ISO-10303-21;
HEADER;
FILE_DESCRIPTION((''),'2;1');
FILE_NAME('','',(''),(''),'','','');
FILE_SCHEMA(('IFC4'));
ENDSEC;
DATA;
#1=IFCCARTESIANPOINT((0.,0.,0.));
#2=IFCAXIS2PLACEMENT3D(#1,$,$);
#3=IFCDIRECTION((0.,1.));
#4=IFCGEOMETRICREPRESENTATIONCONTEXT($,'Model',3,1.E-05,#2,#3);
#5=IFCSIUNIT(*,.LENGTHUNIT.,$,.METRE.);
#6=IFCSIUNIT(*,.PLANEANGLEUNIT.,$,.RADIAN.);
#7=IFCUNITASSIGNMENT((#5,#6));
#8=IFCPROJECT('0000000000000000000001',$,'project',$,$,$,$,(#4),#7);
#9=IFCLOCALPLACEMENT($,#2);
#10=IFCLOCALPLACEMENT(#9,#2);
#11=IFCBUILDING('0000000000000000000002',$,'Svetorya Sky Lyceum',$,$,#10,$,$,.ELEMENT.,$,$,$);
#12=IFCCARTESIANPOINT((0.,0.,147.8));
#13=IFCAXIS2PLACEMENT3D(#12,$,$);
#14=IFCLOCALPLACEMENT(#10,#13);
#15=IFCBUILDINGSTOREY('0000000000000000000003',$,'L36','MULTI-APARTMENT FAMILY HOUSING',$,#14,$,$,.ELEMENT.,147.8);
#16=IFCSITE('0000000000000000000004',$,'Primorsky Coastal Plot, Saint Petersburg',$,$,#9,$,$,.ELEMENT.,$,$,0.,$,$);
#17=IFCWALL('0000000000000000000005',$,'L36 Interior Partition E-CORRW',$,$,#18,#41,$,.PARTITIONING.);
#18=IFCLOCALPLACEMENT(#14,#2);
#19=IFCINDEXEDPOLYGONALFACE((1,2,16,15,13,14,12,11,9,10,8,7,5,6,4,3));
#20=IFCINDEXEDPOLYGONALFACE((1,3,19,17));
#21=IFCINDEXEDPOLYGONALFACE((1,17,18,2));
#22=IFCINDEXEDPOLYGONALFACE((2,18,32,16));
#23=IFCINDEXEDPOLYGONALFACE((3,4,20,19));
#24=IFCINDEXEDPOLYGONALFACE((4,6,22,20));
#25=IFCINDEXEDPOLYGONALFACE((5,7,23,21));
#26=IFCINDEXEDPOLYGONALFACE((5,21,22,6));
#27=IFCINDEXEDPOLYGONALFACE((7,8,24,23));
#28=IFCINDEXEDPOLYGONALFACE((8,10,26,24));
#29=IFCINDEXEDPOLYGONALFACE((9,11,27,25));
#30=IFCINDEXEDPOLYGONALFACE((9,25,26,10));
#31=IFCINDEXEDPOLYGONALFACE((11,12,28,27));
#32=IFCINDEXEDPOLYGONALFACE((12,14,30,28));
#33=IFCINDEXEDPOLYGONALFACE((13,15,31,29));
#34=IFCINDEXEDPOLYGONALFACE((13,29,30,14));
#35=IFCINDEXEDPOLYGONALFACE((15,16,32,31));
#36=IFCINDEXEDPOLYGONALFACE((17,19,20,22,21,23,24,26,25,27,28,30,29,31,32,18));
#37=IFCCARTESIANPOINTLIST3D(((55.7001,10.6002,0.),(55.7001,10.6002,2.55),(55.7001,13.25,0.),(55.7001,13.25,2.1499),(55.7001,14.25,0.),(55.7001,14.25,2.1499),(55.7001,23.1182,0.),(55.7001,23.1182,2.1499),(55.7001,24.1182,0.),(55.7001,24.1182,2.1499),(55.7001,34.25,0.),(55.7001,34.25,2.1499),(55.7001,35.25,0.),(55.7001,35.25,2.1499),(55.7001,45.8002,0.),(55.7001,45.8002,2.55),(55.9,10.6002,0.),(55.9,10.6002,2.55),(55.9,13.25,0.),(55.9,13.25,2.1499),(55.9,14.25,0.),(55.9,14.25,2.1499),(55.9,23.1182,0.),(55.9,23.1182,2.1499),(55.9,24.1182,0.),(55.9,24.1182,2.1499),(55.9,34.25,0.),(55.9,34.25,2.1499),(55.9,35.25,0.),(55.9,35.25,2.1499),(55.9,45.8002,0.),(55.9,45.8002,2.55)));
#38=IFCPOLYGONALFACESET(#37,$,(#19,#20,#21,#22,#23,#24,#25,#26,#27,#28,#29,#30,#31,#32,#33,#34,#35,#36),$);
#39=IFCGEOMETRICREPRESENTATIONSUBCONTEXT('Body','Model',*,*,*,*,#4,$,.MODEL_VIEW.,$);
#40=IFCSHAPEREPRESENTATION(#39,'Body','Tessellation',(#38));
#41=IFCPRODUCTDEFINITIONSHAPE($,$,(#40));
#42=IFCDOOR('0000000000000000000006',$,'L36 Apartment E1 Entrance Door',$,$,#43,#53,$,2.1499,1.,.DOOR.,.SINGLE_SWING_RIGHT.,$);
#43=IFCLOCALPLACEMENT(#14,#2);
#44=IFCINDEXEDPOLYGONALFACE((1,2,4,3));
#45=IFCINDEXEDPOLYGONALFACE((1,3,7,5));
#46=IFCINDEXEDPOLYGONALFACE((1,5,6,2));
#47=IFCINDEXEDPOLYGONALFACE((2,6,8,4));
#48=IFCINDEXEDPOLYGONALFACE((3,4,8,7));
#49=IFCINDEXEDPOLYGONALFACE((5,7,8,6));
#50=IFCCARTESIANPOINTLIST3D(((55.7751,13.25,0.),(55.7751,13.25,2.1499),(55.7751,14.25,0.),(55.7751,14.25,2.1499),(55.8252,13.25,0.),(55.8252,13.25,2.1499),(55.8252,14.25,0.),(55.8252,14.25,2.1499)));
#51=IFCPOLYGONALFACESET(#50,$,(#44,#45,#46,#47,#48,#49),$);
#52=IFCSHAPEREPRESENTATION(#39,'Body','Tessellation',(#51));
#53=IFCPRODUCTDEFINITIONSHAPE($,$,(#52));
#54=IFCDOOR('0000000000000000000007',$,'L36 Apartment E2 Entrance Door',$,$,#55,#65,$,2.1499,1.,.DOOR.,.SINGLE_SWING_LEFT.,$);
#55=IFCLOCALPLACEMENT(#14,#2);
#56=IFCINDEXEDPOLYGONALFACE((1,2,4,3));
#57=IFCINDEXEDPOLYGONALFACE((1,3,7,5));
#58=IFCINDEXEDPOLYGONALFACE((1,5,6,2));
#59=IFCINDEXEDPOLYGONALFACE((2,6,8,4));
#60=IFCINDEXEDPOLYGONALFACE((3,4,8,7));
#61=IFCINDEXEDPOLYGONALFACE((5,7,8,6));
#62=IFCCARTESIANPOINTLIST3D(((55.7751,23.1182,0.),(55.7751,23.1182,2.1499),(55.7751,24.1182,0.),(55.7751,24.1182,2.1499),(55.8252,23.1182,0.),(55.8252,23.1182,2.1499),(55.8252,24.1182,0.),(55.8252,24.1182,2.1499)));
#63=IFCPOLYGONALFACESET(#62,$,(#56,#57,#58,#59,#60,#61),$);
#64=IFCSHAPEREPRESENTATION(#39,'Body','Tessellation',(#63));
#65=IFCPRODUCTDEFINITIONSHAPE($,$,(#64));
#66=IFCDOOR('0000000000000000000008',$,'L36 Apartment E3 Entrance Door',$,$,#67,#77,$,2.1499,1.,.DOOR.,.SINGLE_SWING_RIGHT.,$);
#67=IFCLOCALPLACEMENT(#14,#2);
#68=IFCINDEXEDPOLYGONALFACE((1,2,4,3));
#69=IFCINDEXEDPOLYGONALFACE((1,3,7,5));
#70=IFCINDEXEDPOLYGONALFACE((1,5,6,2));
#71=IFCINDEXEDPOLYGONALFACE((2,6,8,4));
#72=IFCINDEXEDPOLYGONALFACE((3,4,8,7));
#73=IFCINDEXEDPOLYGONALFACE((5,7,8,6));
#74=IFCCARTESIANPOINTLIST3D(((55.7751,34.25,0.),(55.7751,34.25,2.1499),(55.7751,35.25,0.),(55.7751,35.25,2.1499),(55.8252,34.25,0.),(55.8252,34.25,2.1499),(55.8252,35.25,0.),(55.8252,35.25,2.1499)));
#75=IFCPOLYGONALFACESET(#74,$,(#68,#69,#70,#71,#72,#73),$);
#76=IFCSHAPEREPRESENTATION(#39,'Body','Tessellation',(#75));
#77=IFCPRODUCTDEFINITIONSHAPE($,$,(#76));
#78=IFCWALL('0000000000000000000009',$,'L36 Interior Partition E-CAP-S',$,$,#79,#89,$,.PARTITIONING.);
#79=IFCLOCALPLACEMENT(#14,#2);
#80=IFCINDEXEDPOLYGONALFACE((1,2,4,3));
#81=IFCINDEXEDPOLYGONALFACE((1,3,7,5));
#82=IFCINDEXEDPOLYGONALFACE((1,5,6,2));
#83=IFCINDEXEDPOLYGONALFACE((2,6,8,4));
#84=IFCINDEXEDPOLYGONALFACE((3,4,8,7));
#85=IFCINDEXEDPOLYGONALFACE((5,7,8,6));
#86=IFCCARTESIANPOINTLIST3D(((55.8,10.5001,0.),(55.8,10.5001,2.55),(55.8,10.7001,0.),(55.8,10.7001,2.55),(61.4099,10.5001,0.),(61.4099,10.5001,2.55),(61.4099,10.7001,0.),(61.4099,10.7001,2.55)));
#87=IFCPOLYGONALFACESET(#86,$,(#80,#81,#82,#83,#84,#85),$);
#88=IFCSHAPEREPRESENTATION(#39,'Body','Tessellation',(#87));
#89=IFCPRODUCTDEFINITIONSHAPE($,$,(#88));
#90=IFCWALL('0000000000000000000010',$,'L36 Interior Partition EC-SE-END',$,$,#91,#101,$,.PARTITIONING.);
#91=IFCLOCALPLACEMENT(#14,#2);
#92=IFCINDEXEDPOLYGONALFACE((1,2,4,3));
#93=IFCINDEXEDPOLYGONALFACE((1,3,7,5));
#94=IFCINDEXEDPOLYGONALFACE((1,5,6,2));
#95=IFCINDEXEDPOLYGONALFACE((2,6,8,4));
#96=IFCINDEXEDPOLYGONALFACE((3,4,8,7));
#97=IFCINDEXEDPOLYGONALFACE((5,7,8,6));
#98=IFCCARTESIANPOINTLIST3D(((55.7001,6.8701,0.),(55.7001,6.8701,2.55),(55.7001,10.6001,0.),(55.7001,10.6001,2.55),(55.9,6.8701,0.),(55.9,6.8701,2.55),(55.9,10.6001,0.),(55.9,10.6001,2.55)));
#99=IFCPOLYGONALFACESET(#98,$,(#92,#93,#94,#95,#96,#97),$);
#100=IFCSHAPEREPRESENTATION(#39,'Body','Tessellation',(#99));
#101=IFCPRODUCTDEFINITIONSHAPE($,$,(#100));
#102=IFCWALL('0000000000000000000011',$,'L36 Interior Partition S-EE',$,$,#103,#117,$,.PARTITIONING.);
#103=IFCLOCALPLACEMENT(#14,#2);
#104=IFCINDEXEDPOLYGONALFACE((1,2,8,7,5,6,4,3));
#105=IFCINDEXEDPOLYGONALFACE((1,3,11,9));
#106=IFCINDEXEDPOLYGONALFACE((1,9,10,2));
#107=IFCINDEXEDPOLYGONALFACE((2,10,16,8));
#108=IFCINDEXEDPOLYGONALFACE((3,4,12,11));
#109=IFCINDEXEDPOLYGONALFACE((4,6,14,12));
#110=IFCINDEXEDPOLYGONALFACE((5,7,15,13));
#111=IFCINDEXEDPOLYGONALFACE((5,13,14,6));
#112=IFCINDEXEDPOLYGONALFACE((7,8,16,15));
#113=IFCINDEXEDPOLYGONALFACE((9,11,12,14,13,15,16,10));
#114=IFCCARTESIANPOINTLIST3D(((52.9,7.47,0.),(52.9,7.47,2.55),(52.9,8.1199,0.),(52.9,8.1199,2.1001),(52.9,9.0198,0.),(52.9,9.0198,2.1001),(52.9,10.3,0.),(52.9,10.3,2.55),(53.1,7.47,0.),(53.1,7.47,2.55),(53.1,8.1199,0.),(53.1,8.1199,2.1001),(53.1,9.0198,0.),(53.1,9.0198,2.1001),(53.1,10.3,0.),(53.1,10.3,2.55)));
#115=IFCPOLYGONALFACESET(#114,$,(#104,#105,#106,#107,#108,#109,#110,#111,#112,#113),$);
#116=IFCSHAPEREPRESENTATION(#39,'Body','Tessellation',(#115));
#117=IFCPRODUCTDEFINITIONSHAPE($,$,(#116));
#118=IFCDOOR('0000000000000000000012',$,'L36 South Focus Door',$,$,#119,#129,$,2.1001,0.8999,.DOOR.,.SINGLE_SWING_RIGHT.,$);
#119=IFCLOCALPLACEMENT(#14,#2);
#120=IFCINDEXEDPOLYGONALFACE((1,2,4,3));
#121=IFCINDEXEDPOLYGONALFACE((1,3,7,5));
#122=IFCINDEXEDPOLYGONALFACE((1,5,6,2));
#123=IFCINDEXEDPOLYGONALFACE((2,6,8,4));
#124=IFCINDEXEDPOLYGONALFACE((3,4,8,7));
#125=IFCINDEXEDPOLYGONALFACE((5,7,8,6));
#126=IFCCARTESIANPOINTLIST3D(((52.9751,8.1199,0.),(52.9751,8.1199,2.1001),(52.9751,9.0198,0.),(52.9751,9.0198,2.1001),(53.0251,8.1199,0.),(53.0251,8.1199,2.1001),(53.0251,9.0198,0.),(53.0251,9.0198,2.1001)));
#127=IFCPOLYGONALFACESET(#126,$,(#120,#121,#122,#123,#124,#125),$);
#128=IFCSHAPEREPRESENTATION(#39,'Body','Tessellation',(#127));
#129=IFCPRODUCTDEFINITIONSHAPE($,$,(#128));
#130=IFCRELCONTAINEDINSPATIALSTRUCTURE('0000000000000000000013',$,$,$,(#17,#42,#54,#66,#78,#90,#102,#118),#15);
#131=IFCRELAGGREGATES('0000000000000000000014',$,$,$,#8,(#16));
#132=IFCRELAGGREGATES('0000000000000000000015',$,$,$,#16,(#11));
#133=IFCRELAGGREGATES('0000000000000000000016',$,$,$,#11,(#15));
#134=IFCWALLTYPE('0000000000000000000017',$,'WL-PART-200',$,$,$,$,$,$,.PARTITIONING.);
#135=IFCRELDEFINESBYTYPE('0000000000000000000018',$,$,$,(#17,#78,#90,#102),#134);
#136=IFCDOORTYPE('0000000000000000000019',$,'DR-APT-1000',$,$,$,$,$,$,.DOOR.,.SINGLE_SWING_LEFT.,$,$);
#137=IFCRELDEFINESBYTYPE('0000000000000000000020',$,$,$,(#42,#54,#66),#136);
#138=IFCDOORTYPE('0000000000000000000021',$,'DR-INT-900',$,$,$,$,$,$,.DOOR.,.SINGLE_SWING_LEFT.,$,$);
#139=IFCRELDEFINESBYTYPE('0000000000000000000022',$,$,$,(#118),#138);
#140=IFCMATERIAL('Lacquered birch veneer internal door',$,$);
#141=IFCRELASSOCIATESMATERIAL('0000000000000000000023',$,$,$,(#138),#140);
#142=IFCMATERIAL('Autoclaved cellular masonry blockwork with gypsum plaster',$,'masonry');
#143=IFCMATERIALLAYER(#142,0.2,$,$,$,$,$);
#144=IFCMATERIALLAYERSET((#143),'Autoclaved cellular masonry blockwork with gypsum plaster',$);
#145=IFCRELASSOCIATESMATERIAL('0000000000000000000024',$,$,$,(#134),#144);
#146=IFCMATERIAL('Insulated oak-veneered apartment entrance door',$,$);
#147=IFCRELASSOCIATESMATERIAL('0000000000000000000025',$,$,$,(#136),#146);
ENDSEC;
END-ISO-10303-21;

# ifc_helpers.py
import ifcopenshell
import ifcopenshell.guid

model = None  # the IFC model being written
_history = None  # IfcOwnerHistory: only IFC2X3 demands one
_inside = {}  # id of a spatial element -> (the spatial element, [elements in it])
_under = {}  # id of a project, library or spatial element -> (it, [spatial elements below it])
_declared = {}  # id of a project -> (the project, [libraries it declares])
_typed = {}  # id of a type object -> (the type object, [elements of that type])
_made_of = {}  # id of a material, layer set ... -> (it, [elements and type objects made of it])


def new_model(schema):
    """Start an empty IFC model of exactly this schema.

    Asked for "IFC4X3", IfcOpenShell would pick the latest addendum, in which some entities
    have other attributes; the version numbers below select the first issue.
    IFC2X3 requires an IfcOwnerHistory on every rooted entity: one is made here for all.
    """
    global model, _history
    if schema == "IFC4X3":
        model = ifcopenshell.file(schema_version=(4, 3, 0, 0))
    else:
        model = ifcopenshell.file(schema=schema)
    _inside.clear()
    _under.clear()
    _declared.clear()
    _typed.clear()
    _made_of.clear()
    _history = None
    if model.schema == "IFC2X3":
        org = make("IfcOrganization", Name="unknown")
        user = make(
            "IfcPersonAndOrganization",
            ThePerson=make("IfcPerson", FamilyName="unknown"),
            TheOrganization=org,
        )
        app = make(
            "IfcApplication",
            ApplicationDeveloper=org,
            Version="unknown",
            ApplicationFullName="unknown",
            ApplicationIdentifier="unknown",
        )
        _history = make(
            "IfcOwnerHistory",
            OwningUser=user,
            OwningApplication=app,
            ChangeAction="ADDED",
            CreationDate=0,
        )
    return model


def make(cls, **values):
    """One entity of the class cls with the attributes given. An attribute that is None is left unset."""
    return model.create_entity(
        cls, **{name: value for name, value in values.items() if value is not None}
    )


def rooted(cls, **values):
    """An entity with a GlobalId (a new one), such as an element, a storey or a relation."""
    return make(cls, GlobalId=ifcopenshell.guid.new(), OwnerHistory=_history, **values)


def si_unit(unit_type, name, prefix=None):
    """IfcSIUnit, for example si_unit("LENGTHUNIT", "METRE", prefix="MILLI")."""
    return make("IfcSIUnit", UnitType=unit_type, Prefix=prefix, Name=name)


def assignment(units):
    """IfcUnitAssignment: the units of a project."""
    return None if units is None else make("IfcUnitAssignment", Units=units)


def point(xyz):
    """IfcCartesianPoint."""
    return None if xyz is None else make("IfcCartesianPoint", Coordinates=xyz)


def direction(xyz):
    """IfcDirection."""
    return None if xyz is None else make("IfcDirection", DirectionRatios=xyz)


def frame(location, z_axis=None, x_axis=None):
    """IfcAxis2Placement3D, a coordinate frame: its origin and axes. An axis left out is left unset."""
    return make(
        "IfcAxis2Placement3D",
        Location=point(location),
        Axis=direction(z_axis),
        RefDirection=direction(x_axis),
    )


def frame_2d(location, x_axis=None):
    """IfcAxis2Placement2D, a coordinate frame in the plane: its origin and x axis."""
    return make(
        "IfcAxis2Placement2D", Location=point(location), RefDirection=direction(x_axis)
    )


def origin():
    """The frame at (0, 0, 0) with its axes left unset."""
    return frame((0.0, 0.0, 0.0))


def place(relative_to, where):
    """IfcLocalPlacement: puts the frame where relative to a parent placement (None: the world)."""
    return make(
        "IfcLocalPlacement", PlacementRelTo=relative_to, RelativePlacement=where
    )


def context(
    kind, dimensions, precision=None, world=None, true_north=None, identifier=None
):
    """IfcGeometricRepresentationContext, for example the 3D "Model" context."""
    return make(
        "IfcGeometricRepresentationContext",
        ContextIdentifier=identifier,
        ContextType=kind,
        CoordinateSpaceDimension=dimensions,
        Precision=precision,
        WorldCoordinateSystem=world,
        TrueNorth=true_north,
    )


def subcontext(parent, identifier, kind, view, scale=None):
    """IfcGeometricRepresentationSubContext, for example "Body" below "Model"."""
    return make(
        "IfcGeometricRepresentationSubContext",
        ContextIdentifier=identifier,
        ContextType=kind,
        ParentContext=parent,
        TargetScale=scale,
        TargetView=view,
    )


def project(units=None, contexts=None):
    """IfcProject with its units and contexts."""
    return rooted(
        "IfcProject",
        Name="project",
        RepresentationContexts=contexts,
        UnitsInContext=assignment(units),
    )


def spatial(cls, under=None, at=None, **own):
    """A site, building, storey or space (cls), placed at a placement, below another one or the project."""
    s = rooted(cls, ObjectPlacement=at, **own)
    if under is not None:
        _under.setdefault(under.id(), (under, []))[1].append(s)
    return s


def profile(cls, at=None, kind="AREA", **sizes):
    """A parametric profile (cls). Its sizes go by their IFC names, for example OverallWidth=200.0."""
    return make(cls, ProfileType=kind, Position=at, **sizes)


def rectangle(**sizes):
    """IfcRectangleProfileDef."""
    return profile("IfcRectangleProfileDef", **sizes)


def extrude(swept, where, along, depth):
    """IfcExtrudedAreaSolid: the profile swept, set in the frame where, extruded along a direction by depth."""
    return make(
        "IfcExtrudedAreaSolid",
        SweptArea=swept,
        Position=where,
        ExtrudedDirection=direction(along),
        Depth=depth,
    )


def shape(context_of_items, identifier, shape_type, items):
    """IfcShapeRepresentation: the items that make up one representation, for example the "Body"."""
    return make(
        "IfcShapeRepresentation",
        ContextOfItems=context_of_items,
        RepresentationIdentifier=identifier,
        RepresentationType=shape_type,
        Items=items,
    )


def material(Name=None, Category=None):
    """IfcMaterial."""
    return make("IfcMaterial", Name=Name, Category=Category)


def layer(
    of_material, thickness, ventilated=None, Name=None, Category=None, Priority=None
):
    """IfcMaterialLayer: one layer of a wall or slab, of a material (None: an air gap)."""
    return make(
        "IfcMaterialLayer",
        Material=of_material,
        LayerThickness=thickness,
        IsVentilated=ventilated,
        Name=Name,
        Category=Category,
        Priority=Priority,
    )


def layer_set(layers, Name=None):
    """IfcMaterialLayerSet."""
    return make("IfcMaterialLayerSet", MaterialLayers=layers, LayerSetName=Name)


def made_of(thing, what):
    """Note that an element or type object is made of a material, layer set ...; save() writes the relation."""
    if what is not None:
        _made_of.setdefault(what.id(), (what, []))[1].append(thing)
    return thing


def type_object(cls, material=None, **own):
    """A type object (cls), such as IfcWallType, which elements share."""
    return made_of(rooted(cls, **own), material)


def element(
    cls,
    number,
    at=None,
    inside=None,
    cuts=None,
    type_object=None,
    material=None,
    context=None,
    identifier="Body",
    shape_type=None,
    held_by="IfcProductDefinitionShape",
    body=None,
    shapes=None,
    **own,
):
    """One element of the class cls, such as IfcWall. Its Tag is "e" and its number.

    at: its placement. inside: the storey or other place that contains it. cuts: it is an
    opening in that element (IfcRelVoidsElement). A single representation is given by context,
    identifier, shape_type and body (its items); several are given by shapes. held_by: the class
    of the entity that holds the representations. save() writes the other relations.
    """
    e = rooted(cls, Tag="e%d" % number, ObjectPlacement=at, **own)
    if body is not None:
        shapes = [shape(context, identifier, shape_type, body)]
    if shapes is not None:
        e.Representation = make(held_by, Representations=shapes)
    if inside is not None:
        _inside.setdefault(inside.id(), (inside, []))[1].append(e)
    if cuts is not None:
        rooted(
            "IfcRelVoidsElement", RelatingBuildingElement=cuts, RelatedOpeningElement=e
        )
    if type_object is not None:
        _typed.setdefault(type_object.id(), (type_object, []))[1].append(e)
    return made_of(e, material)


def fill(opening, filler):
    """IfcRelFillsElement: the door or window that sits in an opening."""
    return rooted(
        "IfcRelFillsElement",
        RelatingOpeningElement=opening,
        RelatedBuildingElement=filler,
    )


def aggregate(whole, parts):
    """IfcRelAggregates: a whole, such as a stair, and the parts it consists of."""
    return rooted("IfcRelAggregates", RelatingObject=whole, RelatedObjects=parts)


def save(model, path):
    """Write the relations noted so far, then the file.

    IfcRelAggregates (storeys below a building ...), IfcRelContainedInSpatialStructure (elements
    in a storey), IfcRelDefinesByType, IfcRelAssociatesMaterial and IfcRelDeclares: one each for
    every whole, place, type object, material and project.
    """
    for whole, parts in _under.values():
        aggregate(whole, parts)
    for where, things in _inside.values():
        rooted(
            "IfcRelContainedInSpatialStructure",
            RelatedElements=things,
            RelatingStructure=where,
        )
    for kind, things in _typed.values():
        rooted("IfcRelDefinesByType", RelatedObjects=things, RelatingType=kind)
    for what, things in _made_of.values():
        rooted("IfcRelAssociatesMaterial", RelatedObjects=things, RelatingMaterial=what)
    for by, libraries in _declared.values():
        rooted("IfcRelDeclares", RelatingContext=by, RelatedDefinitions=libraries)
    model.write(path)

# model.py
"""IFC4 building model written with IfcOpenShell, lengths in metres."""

from ifc_helpers import new_model, si_unit, direction, frame, frame_2d, origin, place, context, subcontext, project, spatial, rectangle, extrude, material, layer, layer_set, type_object, element, fill, save


model = new_model("IFC4")

# Units and contexts
model_context = context("Model", 3, precision=1e-05, world=origin(), true_north=direction((0.0, 1.0)))
body_context = subcontext(model_context, "Body", "Model", "MODEL_VIEW")
ifc_project = project(units=[si_unit("LENGTHUNIT", "METRE"), si_unit("PLANEANGLEUNIT", "RADIAN")], contexts=[model_context])

# Site, building, storey
site_placement = place(None, origin())
site = spatial("IfcSite", under=ifc_project, at=site_placement, Name="Primorsky Coastal Plot, Saint Petersburg", CompositionType="ELEMENT", RefElevation=0.0)
building_placement = place(site_placement, origin())
building = spatial("IfcBuilding", under=site, at=building_placement, Name="Svetorya Sky Lyceum", CompositionType="ELEMENT")
storey_placement = place(building_placement, frame((0.0, 0.0, 147.8)))
storey = spatial("IfcBuildingStorey", under=building, at=storey_placement, Name="L36", Description="MULTI-APARTMENT FAMILY HOUSING", CompositionType="ELEMENT", Elevation=147.8)

# Shared definitions
ifc_material_1 = material(Name="Lacquered birch veneer internal door")
door_type_1 = type_object("IfcDoorType", Name="DR-INT-900", OperationType="SINGLE_SWING_LEFT", PredefinedType="DOOR", material=ifc_material_1)

# Wall, openings, doors
ifc_material_2 = material(Name="Autoclaved cellular masonry blockwork with gypsum plaster", Category="masonry")
ifc_layer_1 = layer(ifc_material_2, 0.2)
ifc_layer_set_1 = layer_set([ifc_layer_1], Name="Autoclaved cellular masonry blockwork with gypsum plaster")
wall_type_1 = type_object("IfcWallType", Name="WL-PART-200", PredefinedType="PARTITIONING", material=ifc_layer_set_1)
wall_1_placement = place(storey_placement, frame((55.8, 10.6001, 0.0), z_axis=(0.0, 0.0, 1.0), x_axis=(0.0, 1.0, 0.0)))
wall_1 = element("IfcWall", 1, at=wall_1_placement, inside=storey, type_object=wall_type_1, Name="L36 Interior Partition E-CORRW", PredefinedType="PARTITIONING", context=body_context, shape_type="SweptSolid", body=[
    extrude(rectangle(XDim=35.2, YDim=0.2, at=frame_2d((17.6001, 0.0))), origin(), (0.0, 0.0, 1.0), 2.55),
])
opening_1_placement = place(wall_1_placement, frame((2.6499, 0.0, 0.0)))
opening_1 = element("IfcOpeningElement", 2, at=opening_1_placement, cuts=wall_1, PredefinedType="OPENING", context=body_context, shape_type="SweptSolid", body=[
    extrude(rectangle(XDim=1.0, YDim=2.1499, at=frame_2d((0.5, 1.075))), frame((0.0, 0.1099, 0.0), z_axis=(0.0, -1.0, 0.0), x_axis=(1.0, 0.0, 0.0)), (0.0, 0.0, 1.0), 0.22),
])
opening_2_placement = place(wall_1_placement, frame((12.5181, 0.0, 0.0)))
opening_2 = element("IfcOpeningElement", 3, at=opening_2_placement, cuts=wall_1, PredefinedType="OPENING", context=body_context, shape_type="SweptSolid", body=[
    extrude(rectangle(XDim=1.0, YDim=2.1499, at=frame_2d((0.5, 1.075))), frame((0.0, 0.1099, 0.0), z_axis=(0.0, -1.0, 0.0), x_axis=(1.0, 0.0, 0.0)), (0.0, 0.0, 1.0), 0.22),
])
opening_3_placement = place(wall_1_placement, frame((23.6499, 0.0, 0.0)))
opening_3 = element("IfcOpeningElement", 4, at=opening_3_placement, cuts=wall_1, PredefinedType="OPENING", context=body_context, shape_type="SweptSolid", body=[
    extrude(rectangle(XDim=1.0, YDim=2.1499, at=frame_2d((0.5, 1.075))), frame((0.0, 0.1099, 0.0), z_axis=(0.0, -1.0, 0.0), x_axis=(1.0, 0.0, 0.0)), (0.0, 0.0, 1.0), 0.22),
])
ifc_material_3 = material(Name="Insulated oak-veneered apartment entrance door")
door_type_2 = type_object("IfcDoorType", Name="DR-APT-1000", OperationType="SINGLE_SWING_LEFT", PredefinedType="DOOR", material=ifc_material_3)
door_1_placement = place(opening_1_placement, origin())
door_1 = element("IfcDoor", 5, at=door_1_placement, inside=storey, type_object=door_type_2, Name="L36 Apartment E1 Entrance Door", OperationType="SINGLE_SWING_RIGHT", OverallHeight=2.1499, OverallWidth=1.0, PredefinedType="DOOR", context=body_context, shape_type="SweptSolid", body=[
    extrude(rectangle(XDim=1.0, YDim=2.1499, at=frame_2d((0.5, 1.075))), frame((0.0, 0.0249, 0.0), z_axis=(0.0, -1.0, 0.0), x_axis=(1.0, 0.0, 0.0)), (0.0, 0.0, 1.0), 0.05),
])
fill(opening_1, door_1)
door_2_placement = place(opening_2_placement, origin())
door_2 = element("IfcDoor", 6, at=door_2_placement, inside=storey, type_object=door_type_2, Name="L36 Apartment E2 Entrance Door", OperationType="SINGLE_SWING_LEFT", OverallHeight=2.1499, OverallWidth=1.0, PredefinedType="DOOR", context=body_context, shape_type="SweptSolid", body=[
    extrude(rectangle(XDim=1.0, YDim=2.1499, at=frame_2d((0.5, 1.075))), frame((0.0, 0.0249, 0.0), z_axis=(0.0, -1.0, 0.0), x_axis=(1.0, 0.0, 0.0)), (0.0, 0.0, 1.0), 0.05),
])
fill(opening_2, door_2)
door_3_placement = place(opening_3_placement, origin())
door_3 = element("IfcDoor", 7, at=door_3_placement, inside=storey, type_object=door_type_2, Name="L36 Apartment E3 Entrance Door", OperationType="SINGLE_SWING_RIGHT", OverallHeight=2.1499, OverallWidth=1.0, PredefinedType="DOOR", context=body_context, shape_type="SweptSolid", body=[
    extrude(rectangle(XDim=1.0, YDim=2.1499, at=frame_2d((0.5, 1.075))), frame((0.0, 0.0249, 0.0), z_axis=(0.0, -1.0, 0.0), x_axis=(1.0, 0.0, 0.0)), (0.0, 0.0, 1.0), 0.05),
])
fill(opening_3, door_3)

# Walls
wall_2_placement = place(storey_placement, frame((55.8, 10.6001, 0.0), z_axis=(0.0, 0.0, 1.0), x_axis=(1.0, 0.0, 0.0)))
element("IfcWall", 8, at=wall_2_placement, inside=storey, type_object=wall_type_1, Name="L36 Interior Partition E-CAP-S", PredefinedType="PARTITIONING", context=body_context, shape_type="SweptSolid", body=[
    extrude(rectangle(XDim=5.6099, YDim=0.2, at=frame_2d((2.8049, 0.0))), origin(), (0.0, 0.0, 1.0), 2.55),
])
wall_3_placement = place(storey_placement, frame((55.8, 6.8701, 0.0), z_axis=(0.0, 0.0, 1.0), x_axis=(0.0, 1.0, 0.0)))
element("IfcWall", 9, at=wall_3_placement, inside=storey, type_object=wall_type_1, Name="L36 Interior Partition EC-SE-END", PredefinedType="PARTITIONING", context=body_context, shape_type="SweptSolid", body=[
    extrude(rectangle(XDim=3.73, YDim=0.2, at=frame_2d((1.865, 0.0))), origin(), (0.0, 0.0, 1.0), 2.55),
])

# Wall, opening, door
wall_4_placement = place(storey_placement, frame((53.0, 7.47, 0.0), z_axis=(0.0, 0.0, 1.0), x_axis=(0.0, 1.0, 0.0)))
wall_4 = element("IfcWall", 10, at=wall_4_placement, inside=storey, type_object=wall_type_1, Name="L36 Interior Partition S-EE", PredefinedType="PARTITIONING", context=body_context, shape_type="SweptSolid", body=[
    extrude(rectangle(XDim=2.8301, YDim=0.2, at=frame_2d((1.415, 0.0))), origin(), (0.0, 0.0, 1.0), 2.55),
])
opening_4_placement = place(wall_4_placement, frame((0.6499, 0.0, 0.0)))
opening_4 = element("IfcOpeningElement", 11, at=opening_4_placement, cuts=wall_4, PredefinedType="OPENING", context=body_context, shape_type="SweptSolid", body=[
    extrude(rectangle(XDim=0.8999, YDim=2.1001, at=frame_2d((0.45, 1.05))), frame((0.0, 0.1099, 0.0), z_axis=(0.0, -1.0, 0.0), x_axis=(1.0, 0.0, 0.0)), (0.0, 0.0, 1.0), 0.22),
])
door_4_placement = place(opening_4_placement, origin())
door_4 = element("IfcDoor", 12, at=door_4_placement, inside=storey, type_object=door_type_1, Name="L36 South Focus Door", OperationType="SINGLE_SWING_RIGHT", OverallHeight=2.1001, OverallWidth=0.8999, PredefinedType="DOOR", context=body_context, shape_type="SweptSolid", body=[
    extrude(rectangle(XDim=0.8999, YDim=2.1001, at=frame_2d((0.45, 1.05))), frame((0.0, 0.0249, 0.0), z_axis=(0.0, -1.0, 0.0), x_axis=(1.0, 0.0, 0.0)), (0.0, 0.0, 1.0), 0.05),
])
fill(opening_4, door_4)

save(model, "model.ifc")
